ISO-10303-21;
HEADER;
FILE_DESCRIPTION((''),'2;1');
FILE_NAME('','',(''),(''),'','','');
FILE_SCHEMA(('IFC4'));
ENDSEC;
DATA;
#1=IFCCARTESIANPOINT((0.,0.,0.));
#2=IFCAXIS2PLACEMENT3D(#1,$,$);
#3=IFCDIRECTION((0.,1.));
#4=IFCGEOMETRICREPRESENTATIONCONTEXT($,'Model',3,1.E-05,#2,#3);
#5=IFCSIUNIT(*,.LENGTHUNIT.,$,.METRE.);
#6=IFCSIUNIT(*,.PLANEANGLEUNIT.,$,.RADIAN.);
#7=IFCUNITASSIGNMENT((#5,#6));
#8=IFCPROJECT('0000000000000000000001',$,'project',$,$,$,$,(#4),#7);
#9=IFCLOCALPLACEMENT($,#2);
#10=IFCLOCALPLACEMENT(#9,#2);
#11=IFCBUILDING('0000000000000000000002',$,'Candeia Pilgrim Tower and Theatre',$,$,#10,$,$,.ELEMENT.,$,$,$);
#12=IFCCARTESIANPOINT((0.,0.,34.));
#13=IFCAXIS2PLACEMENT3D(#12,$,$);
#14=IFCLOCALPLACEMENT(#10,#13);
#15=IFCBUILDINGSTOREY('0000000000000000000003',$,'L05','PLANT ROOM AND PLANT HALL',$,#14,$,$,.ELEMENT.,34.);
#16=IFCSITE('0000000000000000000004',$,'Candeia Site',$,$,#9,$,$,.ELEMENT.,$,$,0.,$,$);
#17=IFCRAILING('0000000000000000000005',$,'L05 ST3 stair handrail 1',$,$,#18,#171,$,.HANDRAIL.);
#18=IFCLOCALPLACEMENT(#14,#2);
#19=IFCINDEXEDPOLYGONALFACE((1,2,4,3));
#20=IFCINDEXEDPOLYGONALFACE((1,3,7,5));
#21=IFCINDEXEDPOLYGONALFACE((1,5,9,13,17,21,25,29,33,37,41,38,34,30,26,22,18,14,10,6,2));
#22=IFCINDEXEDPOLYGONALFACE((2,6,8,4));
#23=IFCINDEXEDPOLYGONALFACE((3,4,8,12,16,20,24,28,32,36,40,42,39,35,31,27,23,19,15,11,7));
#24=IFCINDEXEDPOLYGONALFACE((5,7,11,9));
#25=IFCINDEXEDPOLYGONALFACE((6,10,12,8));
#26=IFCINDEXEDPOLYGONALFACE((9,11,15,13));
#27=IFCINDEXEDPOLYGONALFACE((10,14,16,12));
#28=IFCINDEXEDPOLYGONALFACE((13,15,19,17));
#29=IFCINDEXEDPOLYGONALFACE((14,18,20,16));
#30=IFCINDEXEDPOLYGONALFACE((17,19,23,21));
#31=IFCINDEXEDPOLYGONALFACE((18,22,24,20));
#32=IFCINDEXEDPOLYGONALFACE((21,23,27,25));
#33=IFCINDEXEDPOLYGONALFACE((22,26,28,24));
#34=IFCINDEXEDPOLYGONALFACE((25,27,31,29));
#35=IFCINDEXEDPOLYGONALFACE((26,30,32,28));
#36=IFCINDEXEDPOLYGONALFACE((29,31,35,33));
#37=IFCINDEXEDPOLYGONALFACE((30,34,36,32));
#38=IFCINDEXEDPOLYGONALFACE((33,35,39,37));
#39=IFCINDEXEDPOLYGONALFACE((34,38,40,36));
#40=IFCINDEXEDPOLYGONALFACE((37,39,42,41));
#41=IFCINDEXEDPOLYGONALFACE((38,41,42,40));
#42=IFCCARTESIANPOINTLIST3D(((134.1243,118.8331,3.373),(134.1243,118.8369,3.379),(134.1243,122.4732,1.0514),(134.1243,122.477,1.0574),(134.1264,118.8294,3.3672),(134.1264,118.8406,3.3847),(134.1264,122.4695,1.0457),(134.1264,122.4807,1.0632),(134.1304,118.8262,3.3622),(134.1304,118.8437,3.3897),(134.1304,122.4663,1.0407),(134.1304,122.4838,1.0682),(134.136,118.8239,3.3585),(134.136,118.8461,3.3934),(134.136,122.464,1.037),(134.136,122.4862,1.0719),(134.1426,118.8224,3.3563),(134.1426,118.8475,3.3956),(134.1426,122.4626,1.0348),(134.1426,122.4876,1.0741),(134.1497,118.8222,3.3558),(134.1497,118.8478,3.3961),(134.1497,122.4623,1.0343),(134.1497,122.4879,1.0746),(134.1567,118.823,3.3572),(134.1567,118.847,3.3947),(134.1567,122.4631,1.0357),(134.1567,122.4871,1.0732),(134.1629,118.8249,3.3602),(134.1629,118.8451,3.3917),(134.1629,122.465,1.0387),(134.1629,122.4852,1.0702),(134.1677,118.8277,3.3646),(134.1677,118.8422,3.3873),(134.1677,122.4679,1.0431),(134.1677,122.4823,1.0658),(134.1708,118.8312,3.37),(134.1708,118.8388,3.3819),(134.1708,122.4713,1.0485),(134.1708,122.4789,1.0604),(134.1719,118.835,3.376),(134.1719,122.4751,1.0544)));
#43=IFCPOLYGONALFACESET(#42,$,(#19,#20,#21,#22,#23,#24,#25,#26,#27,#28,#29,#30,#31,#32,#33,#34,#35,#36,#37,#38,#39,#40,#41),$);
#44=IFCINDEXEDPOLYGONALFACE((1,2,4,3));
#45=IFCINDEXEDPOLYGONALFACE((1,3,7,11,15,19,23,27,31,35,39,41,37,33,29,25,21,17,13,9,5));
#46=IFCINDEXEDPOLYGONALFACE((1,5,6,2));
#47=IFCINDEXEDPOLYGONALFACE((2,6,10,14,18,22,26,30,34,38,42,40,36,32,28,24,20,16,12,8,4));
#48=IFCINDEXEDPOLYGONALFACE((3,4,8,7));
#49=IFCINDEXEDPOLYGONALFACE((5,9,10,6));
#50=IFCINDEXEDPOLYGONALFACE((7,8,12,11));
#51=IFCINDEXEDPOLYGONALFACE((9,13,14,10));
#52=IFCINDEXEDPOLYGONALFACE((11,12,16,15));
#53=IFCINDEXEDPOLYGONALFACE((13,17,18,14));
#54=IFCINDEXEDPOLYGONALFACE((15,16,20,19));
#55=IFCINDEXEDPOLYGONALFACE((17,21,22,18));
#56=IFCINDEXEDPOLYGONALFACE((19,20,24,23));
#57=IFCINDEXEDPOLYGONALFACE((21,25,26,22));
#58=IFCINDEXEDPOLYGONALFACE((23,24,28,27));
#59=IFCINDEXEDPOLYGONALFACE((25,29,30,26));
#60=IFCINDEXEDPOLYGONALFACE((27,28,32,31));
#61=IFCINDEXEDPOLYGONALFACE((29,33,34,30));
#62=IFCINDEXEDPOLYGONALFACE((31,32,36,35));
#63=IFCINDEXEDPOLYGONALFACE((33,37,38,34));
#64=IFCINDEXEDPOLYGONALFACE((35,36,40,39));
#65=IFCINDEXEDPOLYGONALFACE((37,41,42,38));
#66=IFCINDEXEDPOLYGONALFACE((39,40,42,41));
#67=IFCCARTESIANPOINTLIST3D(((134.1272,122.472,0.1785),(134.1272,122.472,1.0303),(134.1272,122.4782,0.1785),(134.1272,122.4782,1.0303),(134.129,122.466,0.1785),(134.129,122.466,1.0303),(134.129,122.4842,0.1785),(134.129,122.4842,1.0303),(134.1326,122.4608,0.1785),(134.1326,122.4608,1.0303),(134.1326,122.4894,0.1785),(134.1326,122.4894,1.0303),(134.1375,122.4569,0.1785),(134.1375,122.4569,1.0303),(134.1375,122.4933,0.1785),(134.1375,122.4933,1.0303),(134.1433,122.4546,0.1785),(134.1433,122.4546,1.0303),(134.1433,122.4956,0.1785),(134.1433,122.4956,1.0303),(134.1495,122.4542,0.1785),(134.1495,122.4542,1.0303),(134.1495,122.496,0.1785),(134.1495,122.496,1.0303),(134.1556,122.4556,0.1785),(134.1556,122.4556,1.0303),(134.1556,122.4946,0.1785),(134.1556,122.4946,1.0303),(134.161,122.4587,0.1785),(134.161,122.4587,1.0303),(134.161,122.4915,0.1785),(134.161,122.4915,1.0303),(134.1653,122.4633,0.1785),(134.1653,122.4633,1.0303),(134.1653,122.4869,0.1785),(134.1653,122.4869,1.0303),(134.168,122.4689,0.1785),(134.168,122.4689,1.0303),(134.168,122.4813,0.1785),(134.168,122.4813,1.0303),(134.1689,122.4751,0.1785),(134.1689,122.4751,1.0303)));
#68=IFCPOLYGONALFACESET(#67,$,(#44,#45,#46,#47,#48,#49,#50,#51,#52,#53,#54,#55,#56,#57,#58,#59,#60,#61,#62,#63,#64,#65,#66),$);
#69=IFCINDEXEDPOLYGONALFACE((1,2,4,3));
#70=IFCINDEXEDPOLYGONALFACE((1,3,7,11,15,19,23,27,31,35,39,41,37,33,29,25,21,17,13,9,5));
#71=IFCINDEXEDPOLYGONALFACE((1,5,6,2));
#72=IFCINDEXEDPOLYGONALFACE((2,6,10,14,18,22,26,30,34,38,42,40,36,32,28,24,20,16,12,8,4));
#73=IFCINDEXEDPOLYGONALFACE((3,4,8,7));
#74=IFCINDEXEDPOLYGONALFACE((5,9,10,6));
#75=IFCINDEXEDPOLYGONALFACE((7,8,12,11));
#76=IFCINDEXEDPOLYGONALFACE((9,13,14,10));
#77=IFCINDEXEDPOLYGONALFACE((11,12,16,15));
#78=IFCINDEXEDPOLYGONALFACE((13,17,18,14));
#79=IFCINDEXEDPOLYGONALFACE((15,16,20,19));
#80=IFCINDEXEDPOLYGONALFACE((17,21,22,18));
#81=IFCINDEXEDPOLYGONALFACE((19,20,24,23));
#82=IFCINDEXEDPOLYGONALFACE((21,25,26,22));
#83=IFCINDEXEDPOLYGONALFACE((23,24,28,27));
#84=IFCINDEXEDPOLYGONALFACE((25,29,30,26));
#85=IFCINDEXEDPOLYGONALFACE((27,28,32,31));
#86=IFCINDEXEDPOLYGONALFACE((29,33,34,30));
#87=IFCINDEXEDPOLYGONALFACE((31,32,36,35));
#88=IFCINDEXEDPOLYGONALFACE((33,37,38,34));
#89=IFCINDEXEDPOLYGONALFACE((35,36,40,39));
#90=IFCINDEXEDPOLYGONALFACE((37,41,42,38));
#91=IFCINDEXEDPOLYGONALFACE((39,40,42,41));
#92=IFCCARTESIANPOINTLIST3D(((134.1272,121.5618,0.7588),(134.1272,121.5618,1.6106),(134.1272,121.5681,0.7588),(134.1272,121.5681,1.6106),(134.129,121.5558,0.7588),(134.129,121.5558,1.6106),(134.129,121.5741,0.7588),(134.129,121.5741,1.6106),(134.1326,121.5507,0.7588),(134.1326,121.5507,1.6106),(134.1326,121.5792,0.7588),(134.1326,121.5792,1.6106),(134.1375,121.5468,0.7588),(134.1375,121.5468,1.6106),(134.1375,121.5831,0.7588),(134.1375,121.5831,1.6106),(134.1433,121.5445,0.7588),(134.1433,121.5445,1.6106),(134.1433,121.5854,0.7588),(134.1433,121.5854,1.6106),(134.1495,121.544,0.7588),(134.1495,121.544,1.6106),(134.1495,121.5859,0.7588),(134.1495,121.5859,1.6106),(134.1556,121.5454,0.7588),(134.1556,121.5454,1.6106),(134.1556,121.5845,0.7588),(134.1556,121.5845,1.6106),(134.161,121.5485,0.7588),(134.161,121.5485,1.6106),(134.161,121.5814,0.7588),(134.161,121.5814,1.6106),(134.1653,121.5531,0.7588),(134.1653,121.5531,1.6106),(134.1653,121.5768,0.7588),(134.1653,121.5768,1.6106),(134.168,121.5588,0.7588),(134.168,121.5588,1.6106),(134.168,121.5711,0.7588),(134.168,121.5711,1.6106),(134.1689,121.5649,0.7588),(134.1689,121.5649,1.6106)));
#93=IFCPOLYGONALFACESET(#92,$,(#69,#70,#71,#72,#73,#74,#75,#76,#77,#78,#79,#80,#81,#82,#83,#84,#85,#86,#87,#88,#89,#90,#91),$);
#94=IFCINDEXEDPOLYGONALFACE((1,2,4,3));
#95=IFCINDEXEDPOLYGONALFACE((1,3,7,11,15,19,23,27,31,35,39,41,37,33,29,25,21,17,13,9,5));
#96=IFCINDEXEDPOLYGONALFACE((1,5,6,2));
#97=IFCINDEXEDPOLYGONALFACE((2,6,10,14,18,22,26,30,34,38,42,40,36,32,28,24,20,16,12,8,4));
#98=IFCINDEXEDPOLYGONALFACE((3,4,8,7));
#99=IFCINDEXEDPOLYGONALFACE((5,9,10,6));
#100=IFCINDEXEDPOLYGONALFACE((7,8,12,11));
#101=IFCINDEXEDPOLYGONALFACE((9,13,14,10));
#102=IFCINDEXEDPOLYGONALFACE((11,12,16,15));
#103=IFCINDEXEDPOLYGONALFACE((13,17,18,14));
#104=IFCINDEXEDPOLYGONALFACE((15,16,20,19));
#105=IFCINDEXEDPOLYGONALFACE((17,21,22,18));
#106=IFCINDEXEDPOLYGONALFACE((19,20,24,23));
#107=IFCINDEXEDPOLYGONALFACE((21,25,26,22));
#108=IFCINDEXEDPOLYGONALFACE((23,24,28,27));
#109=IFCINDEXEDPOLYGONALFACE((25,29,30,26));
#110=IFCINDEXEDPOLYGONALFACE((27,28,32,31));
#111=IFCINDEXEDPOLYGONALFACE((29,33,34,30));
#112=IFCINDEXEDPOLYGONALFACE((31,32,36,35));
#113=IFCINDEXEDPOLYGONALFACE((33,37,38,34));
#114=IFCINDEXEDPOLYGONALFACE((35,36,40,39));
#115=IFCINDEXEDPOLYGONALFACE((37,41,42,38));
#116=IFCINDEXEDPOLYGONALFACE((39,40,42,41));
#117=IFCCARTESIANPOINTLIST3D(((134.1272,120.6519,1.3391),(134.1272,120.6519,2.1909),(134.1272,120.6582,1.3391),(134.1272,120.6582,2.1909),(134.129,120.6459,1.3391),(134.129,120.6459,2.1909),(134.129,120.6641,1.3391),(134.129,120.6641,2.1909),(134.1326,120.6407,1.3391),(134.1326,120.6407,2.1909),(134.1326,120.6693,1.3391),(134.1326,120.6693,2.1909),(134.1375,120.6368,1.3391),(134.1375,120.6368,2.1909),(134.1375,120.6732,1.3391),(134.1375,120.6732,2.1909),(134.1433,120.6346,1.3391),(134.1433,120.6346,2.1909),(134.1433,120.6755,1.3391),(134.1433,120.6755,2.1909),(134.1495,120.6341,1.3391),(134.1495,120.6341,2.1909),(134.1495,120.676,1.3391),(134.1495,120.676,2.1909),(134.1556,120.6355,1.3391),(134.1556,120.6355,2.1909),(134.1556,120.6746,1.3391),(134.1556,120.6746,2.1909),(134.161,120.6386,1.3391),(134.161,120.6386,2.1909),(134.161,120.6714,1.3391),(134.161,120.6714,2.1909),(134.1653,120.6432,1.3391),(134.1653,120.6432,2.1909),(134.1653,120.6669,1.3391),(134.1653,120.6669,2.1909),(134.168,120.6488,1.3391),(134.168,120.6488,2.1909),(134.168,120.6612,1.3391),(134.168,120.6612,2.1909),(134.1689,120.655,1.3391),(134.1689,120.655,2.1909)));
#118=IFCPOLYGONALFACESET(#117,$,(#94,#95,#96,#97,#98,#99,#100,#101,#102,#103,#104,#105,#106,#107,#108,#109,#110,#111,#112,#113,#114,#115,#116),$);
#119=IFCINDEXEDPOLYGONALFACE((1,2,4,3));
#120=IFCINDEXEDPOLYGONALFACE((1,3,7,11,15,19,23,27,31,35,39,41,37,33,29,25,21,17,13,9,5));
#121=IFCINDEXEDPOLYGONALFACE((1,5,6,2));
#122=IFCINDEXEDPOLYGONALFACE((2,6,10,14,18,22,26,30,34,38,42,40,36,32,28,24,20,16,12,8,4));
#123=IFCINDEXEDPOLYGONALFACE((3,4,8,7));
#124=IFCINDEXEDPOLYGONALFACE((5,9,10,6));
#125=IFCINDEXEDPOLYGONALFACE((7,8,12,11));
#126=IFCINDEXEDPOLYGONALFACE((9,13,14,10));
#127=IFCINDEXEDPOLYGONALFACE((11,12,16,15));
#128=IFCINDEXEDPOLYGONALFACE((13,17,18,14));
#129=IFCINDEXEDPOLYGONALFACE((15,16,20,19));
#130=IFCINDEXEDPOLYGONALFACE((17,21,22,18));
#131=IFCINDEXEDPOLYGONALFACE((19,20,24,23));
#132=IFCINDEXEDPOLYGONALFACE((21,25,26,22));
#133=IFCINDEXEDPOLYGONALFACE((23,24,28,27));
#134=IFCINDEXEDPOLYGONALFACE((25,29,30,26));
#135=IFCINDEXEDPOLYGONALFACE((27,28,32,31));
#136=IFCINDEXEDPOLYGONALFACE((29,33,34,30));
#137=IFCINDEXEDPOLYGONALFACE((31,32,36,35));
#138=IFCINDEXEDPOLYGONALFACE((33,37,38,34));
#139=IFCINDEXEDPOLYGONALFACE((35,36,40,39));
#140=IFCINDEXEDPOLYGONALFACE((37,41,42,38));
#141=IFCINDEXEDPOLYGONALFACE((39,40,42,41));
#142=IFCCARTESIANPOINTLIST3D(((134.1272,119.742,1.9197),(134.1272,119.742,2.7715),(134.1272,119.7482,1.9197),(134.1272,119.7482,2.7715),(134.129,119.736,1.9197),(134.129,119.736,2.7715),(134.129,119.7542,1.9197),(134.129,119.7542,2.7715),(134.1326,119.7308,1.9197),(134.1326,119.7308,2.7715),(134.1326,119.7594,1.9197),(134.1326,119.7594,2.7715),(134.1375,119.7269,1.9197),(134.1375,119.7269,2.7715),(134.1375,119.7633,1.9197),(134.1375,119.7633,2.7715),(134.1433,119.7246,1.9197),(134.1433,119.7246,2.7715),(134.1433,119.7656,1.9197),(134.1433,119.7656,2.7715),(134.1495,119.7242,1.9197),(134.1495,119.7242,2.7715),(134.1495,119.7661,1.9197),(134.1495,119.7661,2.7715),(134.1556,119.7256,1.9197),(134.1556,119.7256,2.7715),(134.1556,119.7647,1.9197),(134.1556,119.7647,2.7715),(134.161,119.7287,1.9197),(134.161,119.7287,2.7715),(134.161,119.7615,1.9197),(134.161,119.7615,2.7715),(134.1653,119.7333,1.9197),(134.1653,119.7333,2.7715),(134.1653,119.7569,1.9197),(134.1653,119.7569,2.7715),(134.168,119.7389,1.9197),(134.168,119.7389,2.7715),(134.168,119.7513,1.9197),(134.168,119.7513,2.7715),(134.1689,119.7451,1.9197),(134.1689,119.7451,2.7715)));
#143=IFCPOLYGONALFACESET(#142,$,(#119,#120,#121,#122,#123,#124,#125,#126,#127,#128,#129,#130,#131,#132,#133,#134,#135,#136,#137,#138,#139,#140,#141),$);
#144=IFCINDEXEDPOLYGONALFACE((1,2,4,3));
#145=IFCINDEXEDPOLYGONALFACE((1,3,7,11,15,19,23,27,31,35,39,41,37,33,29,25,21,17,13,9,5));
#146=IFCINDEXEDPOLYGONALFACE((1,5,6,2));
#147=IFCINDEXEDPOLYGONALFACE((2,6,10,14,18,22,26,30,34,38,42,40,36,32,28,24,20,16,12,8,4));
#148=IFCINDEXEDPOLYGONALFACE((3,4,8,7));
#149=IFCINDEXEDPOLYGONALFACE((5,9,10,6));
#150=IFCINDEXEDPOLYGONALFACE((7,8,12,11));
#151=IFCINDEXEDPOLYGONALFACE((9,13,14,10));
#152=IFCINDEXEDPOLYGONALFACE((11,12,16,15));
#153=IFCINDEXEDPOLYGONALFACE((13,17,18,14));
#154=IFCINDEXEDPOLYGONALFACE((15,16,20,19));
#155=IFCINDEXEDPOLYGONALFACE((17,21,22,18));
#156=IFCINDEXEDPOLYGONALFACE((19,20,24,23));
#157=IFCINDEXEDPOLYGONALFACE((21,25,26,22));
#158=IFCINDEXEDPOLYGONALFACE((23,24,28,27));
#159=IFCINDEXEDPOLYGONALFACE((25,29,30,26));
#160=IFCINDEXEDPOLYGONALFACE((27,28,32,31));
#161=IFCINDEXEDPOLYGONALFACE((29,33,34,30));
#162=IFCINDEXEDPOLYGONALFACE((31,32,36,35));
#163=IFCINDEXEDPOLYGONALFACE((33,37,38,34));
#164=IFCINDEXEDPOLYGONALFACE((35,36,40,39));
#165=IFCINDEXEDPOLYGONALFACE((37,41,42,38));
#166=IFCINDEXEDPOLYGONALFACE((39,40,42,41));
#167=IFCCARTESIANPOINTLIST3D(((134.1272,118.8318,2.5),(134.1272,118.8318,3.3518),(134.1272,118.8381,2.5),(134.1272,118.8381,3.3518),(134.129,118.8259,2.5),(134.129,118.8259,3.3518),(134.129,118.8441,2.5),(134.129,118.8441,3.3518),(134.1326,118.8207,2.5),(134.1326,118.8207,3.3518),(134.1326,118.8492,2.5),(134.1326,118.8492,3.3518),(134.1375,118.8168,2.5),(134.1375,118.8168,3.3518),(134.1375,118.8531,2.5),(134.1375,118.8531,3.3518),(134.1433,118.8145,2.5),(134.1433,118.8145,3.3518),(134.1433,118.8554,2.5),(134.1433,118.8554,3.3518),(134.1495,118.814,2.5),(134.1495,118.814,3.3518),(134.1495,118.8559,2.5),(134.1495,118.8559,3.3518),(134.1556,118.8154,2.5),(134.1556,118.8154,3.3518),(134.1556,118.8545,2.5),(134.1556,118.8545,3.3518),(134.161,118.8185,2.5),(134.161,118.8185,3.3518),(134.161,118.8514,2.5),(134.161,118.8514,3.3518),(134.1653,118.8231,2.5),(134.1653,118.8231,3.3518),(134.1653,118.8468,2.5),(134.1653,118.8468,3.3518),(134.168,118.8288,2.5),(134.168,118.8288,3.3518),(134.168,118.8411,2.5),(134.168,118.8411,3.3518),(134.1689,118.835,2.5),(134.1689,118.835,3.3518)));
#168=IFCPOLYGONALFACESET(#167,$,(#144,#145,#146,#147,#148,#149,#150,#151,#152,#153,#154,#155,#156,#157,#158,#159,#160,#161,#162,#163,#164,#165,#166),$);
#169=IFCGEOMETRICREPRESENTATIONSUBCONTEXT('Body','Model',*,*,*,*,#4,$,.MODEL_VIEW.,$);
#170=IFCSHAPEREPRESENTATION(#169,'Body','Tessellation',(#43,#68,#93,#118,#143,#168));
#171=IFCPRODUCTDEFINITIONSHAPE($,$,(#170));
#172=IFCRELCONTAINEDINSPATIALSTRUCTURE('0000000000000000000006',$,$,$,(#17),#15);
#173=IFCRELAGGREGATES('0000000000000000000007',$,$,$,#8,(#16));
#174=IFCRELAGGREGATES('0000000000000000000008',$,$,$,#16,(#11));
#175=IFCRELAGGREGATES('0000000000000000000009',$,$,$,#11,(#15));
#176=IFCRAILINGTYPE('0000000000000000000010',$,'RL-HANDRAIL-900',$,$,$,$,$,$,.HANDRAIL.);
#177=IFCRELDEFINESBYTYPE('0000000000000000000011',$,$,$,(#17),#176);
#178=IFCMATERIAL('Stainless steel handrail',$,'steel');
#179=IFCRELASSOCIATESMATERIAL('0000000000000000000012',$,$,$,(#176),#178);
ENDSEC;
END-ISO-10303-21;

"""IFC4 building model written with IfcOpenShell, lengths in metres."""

from ifc_helpers import new_model, si_unit, direction, frame, origin, origin_2d, place, context, subcontext, project, spatial, circle, extrude, material, type_object, element, save


model = new_model("IFC4")

# Units and contexts
model_context = context("Model", 3, precision=1e-05, world=origin(), true_north=direction((0.0, 1.0)))
body_context = subcontext(model_context, "Body", "Model", "MODEL_VIEW")
ifc_project = project(units=[si_unit("LENGTHUNIT", "METRE"), si_unit("PLANEANGLEUNIT", "RADIAN")], contexts=[model_context])

# Site, building, storey
site_placement = place(None, origin())
site = spatial("IfcSite", under=ifc_project, at=site_placement, Name="Candeia Site", CompositionType="ELEMENT", RefElevation=0.0)
building_placement = place(site_placement, origin())
building = spatial("IfcBuilding", under=site, at=building_placement, Name="Candeia Pilgrim Tower and Theatre", CompositionType="ELEMENT")
storey_placement = place(building_placement, frame((0.0, 0.0, 34.0)))
storey = spatial("IfcBuildingStorey", under=building, at=storey_placement, Name="L05", Description="PLANT ROOM AND PLANT HALL", CompositionType="ELEMENT", Elevation=34.0)

# Railing
ifc_material_1 = material(Name="Stainless steel handrail", Category="steel")
railing_type_1 = type_object("IfcRailingType", Name="RL-HANDRAIL-900", PredefinedType="HANDRAIL", material=ifc_material_1)
railing_1_placement = place(storey_placement, frame((134.1479, 122.4751, 0.1785)))
element("IfcRailing", 1, at=railing_1_placement, inside=storey, type_object=railing_type_1, Name="L05 ST3 stair handrail 1", PredefinedType="HANDRAIL", context=body_context, shape_type="SweptSolid", body=[
    extrude(circle(Radius=0.0239, at=origin_2d()), frame((0.0, 0.0, 0.876), z_axis=(0.0, -0.843128, 0.537713), x_axis=(1.0, 0.0, 0.0)), (0.0, 0.0, 1.0), 4.3174),
    extrude(circle(Radius=0.021, at=origin_2d()), origin(), (0.0, 0.0, 1.0), 0.8518),
    extrude(circle(Radius=0.021, at=origin_2d()), frame((0.0, -0.9102, 0.5803)), (0.0, 0.0, 1.0), 0.8518),
    extrude(circle(Radius=0.021, at=origin_2d()), frame((0.0, -1.8201, 1.1606)), (0.0, 0.0, 1.0), 0.8518),
    extrude(circle(Radius=0.021, at=origin_2d()), frame((0.0, -2.73, 1.7412)), (0.0, 0.0, 1.0), 0.8518),
    extrude(circle(Radius=0.021, at=origin_2d()), frame((0.0, -3.6401, 2.3215)), (0.0, 0.0, 1.0), 0.8518),
])

save(model, "model.ifc")
